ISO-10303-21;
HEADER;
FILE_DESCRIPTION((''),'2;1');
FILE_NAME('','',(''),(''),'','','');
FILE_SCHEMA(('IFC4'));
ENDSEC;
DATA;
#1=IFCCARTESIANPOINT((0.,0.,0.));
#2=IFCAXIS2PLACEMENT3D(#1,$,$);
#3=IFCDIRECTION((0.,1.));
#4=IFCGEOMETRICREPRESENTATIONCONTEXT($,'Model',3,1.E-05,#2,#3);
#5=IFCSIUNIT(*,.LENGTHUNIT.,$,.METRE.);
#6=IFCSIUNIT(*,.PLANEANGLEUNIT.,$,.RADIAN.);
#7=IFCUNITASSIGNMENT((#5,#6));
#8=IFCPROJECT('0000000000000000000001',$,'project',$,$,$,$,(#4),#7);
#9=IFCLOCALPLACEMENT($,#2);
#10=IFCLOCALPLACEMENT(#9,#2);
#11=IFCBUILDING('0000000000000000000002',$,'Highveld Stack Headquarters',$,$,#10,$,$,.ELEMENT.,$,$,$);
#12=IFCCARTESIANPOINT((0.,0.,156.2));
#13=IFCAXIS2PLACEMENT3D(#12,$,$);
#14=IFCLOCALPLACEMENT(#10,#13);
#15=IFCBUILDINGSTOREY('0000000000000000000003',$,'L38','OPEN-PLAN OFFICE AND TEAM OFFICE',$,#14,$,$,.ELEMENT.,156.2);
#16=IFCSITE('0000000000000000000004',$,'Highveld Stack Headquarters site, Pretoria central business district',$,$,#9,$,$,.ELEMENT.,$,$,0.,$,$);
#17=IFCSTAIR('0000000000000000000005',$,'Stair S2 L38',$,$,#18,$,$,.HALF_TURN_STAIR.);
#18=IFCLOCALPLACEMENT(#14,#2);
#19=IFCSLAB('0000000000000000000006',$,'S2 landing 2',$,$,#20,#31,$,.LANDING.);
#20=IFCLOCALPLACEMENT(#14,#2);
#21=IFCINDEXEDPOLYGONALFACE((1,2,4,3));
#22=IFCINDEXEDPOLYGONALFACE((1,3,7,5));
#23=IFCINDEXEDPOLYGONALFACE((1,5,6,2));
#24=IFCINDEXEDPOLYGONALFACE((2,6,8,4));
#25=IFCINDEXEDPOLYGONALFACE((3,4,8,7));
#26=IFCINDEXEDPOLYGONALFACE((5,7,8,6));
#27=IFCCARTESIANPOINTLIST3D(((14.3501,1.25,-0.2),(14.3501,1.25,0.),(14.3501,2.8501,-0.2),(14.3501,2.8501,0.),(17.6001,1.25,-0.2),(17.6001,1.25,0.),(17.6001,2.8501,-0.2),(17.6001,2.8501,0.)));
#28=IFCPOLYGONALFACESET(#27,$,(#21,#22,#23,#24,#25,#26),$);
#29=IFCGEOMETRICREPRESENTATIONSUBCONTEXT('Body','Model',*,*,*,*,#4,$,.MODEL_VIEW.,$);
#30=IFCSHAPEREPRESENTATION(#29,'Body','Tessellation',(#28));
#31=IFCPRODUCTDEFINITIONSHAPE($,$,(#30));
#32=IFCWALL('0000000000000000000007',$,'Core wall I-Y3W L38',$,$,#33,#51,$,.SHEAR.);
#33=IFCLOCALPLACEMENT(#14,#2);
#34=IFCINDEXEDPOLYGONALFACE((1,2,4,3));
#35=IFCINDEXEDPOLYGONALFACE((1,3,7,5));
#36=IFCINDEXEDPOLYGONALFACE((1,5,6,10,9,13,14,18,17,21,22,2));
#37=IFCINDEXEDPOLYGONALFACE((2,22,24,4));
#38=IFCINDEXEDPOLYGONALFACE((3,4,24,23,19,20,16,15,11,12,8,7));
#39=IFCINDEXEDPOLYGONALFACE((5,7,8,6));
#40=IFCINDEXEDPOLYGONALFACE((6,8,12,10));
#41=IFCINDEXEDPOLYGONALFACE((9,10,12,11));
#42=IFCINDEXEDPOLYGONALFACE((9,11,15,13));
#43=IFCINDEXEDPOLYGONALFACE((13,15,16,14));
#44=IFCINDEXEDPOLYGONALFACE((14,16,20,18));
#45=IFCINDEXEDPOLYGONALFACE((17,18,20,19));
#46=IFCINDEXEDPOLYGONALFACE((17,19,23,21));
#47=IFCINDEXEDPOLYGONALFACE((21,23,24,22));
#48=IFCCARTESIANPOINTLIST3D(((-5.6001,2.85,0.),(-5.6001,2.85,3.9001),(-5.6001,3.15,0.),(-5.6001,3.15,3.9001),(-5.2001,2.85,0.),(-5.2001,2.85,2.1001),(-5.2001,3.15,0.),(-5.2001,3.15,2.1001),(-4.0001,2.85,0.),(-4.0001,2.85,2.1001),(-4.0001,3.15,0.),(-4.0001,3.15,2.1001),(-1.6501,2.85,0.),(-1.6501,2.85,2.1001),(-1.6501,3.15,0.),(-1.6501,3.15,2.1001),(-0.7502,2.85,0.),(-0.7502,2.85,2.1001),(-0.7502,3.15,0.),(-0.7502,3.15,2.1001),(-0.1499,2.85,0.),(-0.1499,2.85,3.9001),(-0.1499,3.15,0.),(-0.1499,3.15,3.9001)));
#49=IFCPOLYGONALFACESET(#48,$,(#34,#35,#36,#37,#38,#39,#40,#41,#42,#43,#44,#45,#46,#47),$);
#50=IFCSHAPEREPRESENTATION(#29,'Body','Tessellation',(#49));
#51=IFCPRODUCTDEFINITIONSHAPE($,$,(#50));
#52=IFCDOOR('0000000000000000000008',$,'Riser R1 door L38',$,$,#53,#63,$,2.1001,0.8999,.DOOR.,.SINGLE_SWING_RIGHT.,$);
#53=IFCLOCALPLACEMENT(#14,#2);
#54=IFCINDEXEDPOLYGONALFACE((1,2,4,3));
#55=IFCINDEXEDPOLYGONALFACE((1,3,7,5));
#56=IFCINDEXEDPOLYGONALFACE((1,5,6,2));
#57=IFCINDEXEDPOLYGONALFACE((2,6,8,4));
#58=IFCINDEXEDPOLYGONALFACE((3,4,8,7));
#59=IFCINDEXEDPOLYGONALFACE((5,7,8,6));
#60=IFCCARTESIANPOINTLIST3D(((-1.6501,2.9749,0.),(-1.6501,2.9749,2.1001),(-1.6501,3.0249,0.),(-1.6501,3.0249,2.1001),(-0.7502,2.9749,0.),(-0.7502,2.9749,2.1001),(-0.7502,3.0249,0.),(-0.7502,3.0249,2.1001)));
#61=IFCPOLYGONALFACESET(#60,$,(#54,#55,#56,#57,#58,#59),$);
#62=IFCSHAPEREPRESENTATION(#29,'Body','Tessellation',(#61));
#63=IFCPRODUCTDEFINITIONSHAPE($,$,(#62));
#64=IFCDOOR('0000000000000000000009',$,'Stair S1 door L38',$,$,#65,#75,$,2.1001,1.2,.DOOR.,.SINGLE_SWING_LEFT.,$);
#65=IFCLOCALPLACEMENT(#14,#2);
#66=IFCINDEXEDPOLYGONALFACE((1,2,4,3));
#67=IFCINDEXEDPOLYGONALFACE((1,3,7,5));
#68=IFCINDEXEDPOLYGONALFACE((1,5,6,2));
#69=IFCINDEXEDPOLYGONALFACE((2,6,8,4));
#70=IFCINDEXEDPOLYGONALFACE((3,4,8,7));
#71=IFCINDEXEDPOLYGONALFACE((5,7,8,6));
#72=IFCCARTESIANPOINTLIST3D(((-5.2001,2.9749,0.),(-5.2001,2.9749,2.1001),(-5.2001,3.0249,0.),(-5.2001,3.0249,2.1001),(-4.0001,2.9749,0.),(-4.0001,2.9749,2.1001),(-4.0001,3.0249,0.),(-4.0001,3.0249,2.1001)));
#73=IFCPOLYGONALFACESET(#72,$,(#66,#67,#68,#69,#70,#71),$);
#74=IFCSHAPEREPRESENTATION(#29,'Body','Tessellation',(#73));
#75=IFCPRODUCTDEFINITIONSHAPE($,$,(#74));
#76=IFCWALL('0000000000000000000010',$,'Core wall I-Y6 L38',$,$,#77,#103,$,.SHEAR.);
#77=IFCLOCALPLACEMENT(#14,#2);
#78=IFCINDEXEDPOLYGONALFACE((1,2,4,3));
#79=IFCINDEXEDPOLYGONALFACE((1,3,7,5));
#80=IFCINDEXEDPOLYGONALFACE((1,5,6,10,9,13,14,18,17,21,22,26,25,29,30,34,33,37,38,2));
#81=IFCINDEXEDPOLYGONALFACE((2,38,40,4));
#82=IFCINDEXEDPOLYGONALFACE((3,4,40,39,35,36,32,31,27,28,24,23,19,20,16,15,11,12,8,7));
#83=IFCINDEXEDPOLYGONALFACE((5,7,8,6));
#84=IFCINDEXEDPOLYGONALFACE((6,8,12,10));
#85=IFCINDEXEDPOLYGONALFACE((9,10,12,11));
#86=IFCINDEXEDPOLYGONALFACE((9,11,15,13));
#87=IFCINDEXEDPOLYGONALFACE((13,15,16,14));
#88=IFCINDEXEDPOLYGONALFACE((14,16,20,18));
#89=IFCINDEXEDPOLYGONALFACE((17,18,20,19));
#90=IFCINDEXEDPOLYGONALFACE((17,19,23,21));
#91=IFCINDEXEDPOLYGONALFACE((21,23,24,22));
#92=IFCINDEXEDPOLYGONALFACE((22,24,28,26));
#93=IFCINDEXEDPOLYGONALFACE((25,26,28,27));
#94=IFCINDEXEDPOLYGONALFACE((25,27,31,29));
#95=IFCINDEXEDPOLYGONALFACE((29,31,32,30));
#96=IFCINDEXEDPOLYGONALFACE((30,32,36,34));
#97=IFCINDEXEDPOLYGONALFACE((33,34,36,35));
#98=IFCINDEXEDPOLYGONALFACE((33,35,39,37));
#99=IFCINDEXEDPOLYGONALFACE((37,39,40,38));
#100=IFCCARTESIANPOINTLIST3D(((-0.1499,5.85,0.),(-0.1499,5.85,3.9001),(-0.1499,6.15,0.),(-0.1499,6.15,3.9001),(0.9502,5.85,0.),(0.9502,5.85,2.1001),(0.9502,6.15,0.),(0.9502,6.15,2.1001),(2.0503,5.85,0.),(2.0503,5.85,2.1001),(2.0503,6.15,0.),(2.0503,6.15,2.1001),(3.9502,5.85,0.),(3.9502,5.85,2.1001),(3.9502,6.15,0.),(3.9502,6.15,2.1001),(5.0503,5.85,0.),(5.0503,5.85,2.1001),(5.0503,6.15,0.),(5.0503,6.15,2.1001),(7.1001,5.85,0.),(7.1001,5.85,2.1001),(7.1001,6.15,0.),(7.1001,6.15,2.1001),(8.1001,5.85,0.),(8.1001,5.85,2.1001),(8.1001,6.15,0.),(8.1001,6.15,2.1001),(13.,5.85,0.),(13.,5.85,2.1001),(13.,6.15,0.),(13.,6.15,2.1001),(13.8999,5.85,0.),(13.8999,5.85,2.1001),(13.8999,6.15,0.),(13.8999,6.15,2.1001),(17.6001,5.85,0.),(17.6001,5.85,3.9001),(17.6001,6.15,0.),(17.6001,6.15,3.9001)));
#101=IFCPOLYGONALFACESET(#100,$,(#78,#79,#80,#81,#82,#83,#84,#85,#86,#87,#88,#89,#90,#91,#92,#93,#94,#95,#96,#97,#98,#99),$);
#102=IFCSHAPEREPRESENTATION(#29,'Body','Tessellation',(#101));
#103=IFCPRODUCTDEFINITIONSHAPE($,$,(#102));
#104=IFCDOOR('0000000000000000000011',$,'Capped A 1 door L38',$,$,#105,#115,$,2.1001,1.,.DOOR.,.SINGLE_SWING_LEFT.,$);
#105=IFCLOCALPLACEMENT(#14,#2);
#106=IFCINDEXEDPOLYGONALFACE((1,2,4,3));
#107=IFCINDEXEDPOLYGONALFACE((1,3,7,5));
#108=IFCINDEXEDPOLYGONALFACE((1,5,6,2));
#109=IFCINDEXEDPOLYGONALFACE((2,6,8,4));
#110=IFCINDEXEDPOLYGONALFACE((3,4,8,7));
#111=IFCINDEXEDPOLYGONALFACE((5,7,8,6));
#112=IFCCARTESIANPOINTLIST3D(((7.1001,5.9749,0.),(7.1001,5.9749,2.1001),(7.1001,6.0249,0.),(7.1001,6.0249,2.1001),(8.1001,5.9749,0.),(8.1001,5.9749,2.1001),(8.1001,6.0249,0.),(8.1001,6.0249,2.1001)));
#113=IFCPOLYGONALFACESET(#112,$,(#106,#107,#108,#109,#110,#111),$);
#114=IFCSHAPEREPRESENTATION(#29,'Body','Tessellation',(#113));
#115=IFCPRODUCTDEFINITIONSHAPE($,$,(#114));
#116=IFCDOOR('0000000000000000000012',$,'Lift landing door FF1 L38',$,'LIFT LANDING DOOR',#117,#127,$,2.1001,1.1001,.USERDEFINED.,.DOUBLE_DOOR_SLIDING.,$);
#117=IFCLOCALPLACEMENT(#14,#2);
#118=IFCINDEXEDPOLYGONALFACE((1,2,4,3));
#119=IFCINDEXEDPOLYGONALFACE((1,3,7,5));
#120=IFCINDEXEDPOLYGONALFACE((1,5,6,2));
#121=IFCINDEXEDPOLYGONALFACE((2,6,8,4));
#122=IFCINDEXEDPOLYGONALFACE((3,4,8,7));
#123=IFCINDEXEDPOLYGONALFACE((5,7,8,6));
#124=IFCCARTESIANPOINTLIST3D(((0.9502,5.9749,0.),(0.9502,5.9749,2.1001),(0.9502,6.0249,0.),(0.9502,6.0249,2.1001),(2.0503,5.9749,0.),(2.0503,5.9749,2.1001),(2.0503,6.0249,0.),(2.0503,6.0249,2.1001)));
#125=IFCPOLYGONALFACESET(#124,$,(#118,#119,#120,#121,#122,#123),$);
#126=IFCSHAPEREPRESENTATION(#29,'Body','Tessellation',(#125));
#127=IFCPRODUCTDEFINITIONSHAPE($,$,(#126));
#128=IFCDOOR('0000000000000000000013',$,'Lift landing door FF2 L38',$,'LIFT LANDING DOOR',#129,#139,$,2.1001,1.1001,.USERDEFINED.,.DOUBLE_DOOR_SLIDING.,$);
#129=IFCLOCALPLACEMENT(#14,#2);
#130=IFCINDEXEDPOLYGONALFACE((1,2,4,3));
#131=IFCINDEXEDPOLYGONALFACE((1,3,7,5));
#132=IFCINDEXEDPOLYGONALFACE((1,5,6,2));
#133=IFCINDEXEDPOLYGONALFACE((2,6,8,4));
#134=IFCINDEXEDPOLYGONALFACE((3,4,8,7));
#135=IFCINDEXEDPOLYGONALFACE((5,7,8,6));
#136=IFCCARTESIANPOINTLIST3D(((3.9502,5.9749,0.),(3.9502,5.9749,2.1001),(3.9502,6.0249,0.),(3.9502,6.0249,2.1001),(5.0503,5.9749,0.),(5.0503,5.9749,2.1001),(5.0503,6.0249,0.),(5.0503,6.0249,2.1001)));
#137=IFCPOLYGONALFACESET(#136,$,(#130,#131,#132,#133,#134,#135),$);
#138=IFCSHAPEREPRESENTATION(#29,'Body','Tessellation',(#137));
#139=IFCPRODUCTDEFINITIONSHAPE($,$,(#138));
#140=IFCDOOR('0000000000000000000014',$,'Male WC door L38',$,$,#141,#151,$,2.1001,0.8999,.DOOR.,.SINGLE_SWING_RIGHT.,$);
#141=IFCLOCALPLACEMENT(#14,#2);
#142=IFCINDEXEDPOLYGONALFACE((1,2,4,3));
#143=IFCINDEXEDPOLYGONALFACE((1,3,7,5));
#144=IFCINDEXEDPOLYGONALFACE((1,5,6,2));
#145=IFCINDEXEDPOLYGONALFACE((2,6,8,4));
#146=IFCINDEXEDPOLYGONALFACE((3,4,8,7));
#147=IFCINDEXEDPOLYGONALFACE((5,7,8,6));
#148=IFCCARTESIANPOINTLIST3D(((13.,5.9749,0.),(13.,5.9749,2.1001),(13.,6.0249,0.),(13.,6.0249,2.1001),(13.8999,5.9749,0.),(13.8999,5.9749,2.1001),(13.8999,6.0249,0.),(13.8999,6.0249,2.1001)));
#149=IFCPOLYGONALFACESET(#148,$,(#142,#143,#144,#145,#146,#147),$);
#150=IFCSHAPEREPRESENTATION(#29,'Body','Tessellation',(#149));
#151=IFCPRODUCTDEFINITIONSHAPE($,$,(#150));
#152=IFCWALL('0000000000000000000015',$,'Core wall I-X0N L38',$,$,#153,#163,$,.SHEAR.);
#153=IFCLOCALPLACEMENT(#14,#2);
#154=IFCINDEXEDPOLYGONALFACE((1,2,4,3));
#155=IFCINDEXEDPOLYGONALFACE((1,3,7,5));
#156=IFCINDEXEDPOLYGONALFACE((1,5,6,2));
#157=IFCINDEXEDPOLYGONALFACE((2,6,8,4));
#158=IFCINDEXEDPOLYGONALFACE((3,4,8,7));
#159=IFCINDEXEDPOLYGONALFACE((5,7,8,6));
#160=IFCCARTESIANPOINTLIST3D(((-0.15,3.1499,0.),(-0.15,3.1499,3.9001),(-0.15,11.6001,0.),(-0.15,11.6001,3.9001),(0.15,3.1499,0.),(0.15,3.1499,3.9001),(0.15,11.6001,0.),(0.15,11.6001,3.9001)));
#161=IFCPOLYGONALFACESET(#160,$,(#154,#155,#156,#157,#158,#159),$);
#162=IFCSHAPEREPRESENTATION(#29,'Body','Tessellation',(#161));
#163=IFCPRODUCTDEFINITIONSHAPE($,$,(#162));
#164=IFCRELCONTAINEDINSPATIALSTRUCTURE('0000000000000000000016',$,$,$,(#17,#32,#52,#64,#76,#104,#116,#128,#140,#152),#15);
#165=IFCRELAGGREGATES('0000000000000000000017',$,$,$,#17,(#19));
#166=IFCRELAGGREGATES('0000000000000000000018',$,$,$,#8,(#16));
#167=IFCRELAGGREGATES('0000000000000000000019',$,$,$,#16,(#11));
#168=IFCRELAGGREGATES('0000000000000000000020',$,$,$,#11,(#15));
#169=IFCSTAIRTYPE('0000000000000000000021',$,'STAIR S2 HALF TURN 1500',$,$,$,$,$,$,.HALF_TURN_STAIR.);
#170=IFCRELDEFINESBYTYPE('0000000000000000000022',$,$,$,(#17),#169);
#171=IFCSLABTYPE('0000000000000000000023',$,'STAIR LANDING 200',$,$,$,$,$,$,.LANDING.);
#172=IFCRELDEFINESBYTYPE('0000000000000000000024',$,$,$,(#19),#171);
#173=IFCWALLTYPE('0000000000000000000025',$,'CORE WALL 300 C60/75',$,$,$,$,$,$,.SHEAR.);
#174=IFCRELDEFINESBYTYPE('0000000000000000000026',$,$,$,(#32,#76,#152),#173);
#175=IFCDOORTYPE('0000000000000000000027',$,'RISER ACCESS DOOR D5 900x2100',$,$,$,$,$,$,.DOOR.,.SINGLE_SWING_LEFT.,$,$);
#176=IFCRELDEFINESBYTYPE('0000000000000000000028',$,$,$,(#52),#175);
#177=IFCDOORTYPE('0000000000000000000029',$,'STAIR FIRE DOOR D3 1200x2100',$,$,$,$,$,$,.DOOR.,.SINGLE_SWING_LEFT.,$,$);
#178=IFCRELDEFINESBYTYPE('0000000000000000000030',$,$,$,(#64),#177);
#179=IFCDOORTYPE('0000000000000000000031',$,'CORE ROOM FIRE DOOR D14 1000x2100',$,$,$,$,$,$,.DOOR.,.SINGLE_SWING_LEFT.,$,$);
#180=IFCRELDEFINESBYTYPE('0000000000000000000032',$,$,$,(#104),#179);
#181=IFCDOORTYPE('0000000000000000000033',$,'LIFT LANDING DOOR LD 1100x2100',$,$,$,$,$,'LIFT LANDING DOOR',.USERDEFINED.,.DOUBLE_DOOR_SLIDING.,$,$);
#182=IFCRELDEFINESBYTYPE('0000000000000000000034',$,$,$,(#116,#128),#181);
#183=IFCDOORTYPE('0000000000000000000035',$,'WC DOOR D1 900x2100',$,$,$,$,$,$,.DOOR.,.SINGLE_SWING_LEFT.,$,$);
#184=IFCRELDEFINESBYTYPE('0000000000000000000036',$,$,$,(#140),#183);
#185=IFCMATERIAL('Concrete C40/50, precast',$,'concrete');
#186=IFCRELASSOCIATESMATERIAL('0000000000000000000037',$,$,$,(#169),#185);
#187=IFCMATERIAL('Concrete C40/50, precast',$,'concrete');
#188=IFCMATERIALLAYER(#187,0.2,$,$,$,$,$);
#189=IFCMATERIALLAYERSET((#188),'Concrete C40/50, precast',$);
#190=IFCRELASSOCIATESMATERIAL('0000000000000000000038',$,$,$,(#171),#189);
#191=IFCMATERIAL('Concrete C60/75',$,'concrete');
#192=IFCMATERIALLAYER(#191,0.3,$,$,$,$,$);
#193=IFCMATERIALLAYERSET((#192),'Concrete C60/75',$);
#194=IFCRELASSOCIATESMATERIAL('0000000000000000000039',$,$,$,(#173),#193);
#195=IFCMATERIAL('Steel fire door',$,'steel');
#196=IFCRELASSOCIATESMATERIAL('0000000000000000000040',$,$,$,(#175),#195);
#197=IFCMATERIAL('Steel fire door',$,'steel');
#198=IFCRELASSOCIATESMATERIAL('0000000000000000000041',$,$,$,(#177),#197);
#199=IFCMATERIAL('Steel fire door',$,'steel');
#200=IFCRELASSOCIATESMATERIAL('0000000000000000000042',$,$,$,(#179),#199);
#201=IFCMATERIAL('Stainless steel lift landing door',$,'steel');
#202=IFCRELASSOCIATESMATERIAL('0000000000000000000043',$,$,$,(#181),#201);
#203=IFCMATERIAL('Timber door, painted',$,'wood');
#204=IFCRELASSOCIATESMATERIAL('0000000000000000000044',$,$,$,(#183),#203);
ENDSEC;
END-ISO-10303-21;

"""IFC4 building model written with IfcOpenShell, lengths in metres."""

from ifc_helpers import new_model, si_unit, direction, frame, frame_2d, origin, place, context, subcontext, project, spatial, polyline, rectangle, outline, extrude, material, layer, layer_set, type_object, element, fill, aggregate, save


model = new_model("IFC4")

# Units and contexts
model_context = context("Model", 3, precision=1e-05, world=origin(), true_north=direction((0.0, 1.0)))
body_context = subcontext(model_context, "Body", "Model", "MODEL_VIEW")
ifc_project = project(units=[si_unit("LENGTHUNIT", "METRE"), si_unit("PLANEANGLEUNIT", "RADIAN")], contexts=[model_context])

# Site, building, storey
site_placement = place(None, origin())
site = spatial("IfcSite", under=ifc_project, at=site_placement, Name="Highveld Stack Headquarters site, Pretoria central business district", CompositionType="ELEMENT", RefElevation=0.0)
building_placement = place(site_placement, origin())
building = spatial("IfcBuilding", under=site, at=building_placement, Name="Highveld Stack Headquarters", CompositionType="ELEMENT")
storey_placement = place(building_placement, frame((0.0, 0.0, 156.2)))
storey = spatial("IfcBuildingStorey", under=building, at=storey_placement, Name="L38", Description="OPEN-PLAN OFFICE AND TEAM OFFICE", CompositionType="ELEMENT", Elevation=156.2)

# Stair, slab
ifc_material_1 = material(Name="Concrete C40/50, precast", Category="concrete")
stair_type_1 = type_object("IfcStairType", Name="STAIR S2 HALF TURN 1500", PredefinedType="HALF_TURN_STAIR", material=ifc_material_1)
stair_1_placement = place(storey_placement, origin())
stair_1 = element("IfcStair", 1, at=stair_1_placement, inside=storey, type_object=stair_type_1, Name="Stair S2 L38", PredefinedType="HALF_TURN_STAIR")
ifc_material_2 = material(Name="Concrete C40/50, precast", Category="concrete")
ifc_layer_1 = layer(ifc_material_2, 0.2)
ifc_layer_set_1 = layer_set([ifc_layer_1], Name="Concrete C40/50, precast")
slab_type = type_object("IfcSlabType", Name="STAIR LANDING 200", PredefinedType="LANDING", material=ifc_layer_set_1)
slab_placement = place(storey_placement, frame((0.0, 0.0, -0.2)))
slab = element("IfcSlab", 2, at=slab_placement, type_object=slab_type, Name="S2 landing 2", PredefinedType="LANDING", context=body_context, shape_type="SweptSolid", body=[
    extrude(outline(polyline([(14.3501, 1.25), (17.6001, 1.25), (17.6001, 2.8501), (14.3501, 2.8501), (14.3501, 1.25)])), origin(), (0.0, 0.0, 1.0), 0.2),
])
aggregate(stair_1, [slab])

# Walls, openings, doors
ifc_material_3 = material(Name="Concrete C60/75", Category="concrete")
ifc_layer_2 = layer(ifc_material_3, 0.3)
ifc_layer_set_2 = layer_set([ifc_layer_2], Name="Concrete C60/75")
wall_type_1 = type_object("IfcWallType", Name="CORE WALL 300 C60/75", PredefinedType="SHEAR", material=ifc_layer_set_2)
wall_1_placement = place(storey_placement, frame((-5.6001, 3.0, 0.0), z_axis=(0.0, 0.0, 1.0), x_axis=(1.0, 0.0, 0.0)))
wall_1 = element("IfcWall", 3, at=wall_1_placement, inside=storey, type_object=wall_type_1, Name="Core wall I-Y3W L38", PredefinedType="SHEAR", context=body_context, shape_type="SweptSolid", body=[
    extrude(rectangle(XDim=5.4502, YDim=0.3, at=frame_2d((2.7251, 0.0))), origin(), (0.0, 0.0, 1.0), 3.9001),
])
opening_1_placement = place(wall_1_placement, frame((0.3999, 0.0, 0.0)))
opening_1 = element("IfcOpeningElement", 4, at=opening_1_placement, cuts=wall_1, PredefinedType="OPENING", context=body_context, shape_type="SweptSolid", body=[
    extrude(rectangle(XDim=1.2, YDim=2.1001, at=frame_2d((0.6001, 1.05))), frame((0.0, 0.1599, 0.0), z_axis=(0.0, -1.0, 0.0), x_axis=(1.0, 0.0, 0.0)), (0.0, 0.0, 1.0), 0.3201),
])
opening_2_placement = place(wall_1_placement, frame((3.95, 0.0, 0.0)))
opening_2 = element("IfcOpeningElement", 5, at=opening_2_placement, cuts=wall_1, PredefinedType="OPENING", context=body_context, shape_type="SweptSolid", body=[
    extrude(rectangle(XDim=0.8999, YDim=2.1001, at=frame_2d((0.45, 1.05))), frame((0.0, 0.1599, 0.0), z_axis=(0.0, -1.0, 0.0), x_axis=(1.0, 0.0, 0.0)), (0.0, 0.0, 1.0), 0.3201),
])
ifc_material_4 = material(Name="Steel fire door", Category="steel")
door_type_1 = type_object("IfcDoorType", Name="RISER ACCESS DOOR D5 900x2100", OperationType="SINGLE_SWING_LEFT", PredefinedType="DOOR", material=ifc_material_4)
door_1_placement = place(opening_2_placement, origin())
door_1 = element("IfcDoor", 6, at=door_1_placement, inside=storey, type_object=door_type_1, Name="Riser R1 door L38", OperationType="SINGLE_SWING_RIGHT", OverallHeight=2.1001, OverallWidth=0.8999, PredefinedType="DOOR", context=body_context, shape_type="SweptSolid", body=[
    extrude(rectangle(XDim=0.8999, YDim=2.1001, at=frame_2d((0.45, 1.05))), frame((0.0, 0.0249, 0.0), z_axis=(0.0, -1.0, 0.0), x_axis=(1.0, 0.0, 0.0)), (0.0, 0.0, 1.0), 0.05),
])
fill(opening_2, door_1)
ifc_material_5 = material(Name="Steel fire door", Category="steel")
door_type_2 = type_object("IfcDoorType", Name="STAIR FIRE DOOR D3 1200x2100", OperationType="SINGLE_SWING_LEFT", PredefinedType="DOOR", material=ifc_material_5)
door_2_placement = place(opening_1_placement, origin())
door_2 = element("IfcDoor", 7, at=door_2_placement, inside=storey, type_object=door_type_2, Name="Stair S1 door L38", OperationType="SINGLE_SWING_LEFT", OverallHeight=2.1001, OverallWidth=1.2, PredefinedType="DOOR", context=body_context, shape_type="SweptSolid", body=[
    extrude(rectangle(XDim=1.2, YDim=2.1001, at=frame_2d((0.6001, 1.05))), frame((0.0, 0.0249, 0.0), z_axis=(0.0, -1.0, 0.0), x_axis=(1.0, 0.0, 0.0)), (0.0, 0.0, 1.0), 0.05),
])
fill(opening_1, door_2)
wall_2_placement = place(storey_placement, frame((-0.1499, 6.0, 0.0), z_axis=(0.0, 0.0, 1.0), x_axis=(1.0, 0.0, 0.0)))
wall_2 = element("IfcWall", 8, at=wall_2_placement, inside=storey, type_object=wall_type_1, Name="Core wall I-Y6 L38", PredefinedType="SHEAR", context=body_context, shape_type="SweptSolid", body=[
    extrude(rectangle(XDim=17.75, YDim=0.3, at=frame_2d((8.875, 0.0))), origin(), (0.0, 0.0, 1.0), 3.9001),
])
opening_3_placement = place(wall_2_placement, frame((13.1499, 0.0, 0.0)))
opening_3 = element("IfcOpeningElement", 9, at=opening_3_placement, cuts=wall_2, PredefinedType="OPENING", context=body_context, shape_type="SweptSolid", body=[
    extrude(rectangle(XDim=0.8999, YDim=2.1001, at=frame_2d((0.45, 1.05))), frame((0.0, 0.1599, 0.0), z_axis=(0.0, -1.0, 0.0), x_axis=(1.0, 0.0, 0.0)), (0.0, 0.0, 1.0), 0.3201),
])
opening_4_placement = place(wall_2_placement, frame((7.25, 0.0, 0.0)))
opening_4 = element("IfcOpeningElement", 10, at=opening_4_placement, cuts=wall_2, PredefinedType="OPENING", context=body_context, shape_type="SweptSolid", body=[
    extrude(rectangle(XDim=1.0, YDim=2.1001, at=frame_2d((0.5, 1.05))), frame((0.0, 0.1599, 0.0), z_axis=(0.0, -1.0, 0.0), x_axis=(1.0, 0.0, 0.0)), (0.0, 0.0, 1.0), 0.3201),
])
opening_5_placement = place(wall_2_placement, frame((1.1001, 0.0, 0.0)))
opening_5 = element("IfcOpeningElement", 11, at=opening_5_placement, cuts=wall_2, PredefinedType="OPENING", context=body_context, shape_type="SweptSolid", body=[
    extrude(rectangle(XDim=1.1001, YDim=2.1001, at=frame_2d((0.55, 1.05))), frame((0.0, 0.1599, 0.0), z_axis=(0.0, -1.0, 0.0), x_axis=(1.0, 0.0, 0.0)), (0.0, 0.0, 1.0), 0.3201),
])
opening_6_placement = place(wall_2_placement, frame((4.1001, 0.0, 0.0)))
opening_6 = element("IfcOpeningElement", 12, at=opening_6_placement, cuts=wall_2, PredefinedType="OPENING", context=body_context, shape_type="SweptSolid", body=[
    extrude(rectangle(XDim=1.1001, YDim=2.1001, at=frame_2d((0.55, 1.05))), frame((0.0, 0.1599, 0.0), z_axis=(0.0, -1.0, 0.0), x_axis=(1.0, 0.0, 0.0)), (0.0, 0.0, 1.0), 0.3201),
])
ifc_material_6 = material(Name="Steel fire door", Category="steel")
door_type_3 = type_object("IfcDoorType", Name="CORE ROOM FIRE DOOR D14 1000x2100", OperationType="SINGLE_SWING_LEFT", PredefinedType="DOOR", material=ifc_material_6)
door_3_placement = place(opening_4_placement, origin())
door_3 = element("IfcDoor", 13, at=door_3_placement, inside=storey, type_object=door_type_3, Name="Capped A 1 door L38", OperationType="SINGLE_SWING_LEFT", OverallHeight=2.1001, OverallWidth=1.0, PredefinedType="DOOR", context=body_context, shape_type="SweptSolid", body=[
    extrude(rectangle(XDim=1.0, YDim=2.1001, at=frame_2d((0.5, 1.05))), frame((0.0, 0.0249, 0.0), z_axis=(0.0, -1.0, 0.0), x_axis=(1.0, 0.0, 0.0)), (0.0, 0.0, 1.0), 0.05),
])
fill(opening_4, door_3)
ifc_material_7 = material(Name="Stainless steel lift landing door", Category="steel")
door_type_4 = type_object("IfcDoorType", Name="LIFT LANDING DOOR LD 1100x2100", ElementType="LIFT LANDING DOOR", OperationType="DOUBLE_DOOR_SLIDING", PredefinedType="USERDEFINED", material=ifc_material_7)
door_4_placement = place(opening_5_placement, origin())
door_4 = element("IfcDoor", 14, at=door_4_placement, inside=storey, type_object=door_type_4, Name="Lift landing door FF1 L38", ObjectType="LIFT LANDING DOOR", OperationType="DOUBLE_DOOR_SLIDING", OverallHeight=2.1001, OverallWidth=1.1001, PredefinedType="USERDEFINED", context=body_context, shape_type="SweptSolid", body=[
    extrude(rectangle(XDim=1.1001, YDim=2.1001, at=frame_2d((0.55, 1.05))), frame((0.0, 0.0249, 0.0), z_axis=(0.0, -1.0, 0.0), x_axis=(1.0, 0.0, 0.0)), (0.0, 0.0, 1.0), 0.05),
])
fill(opening_5, door_4)
door_5_placement = place(opening_6_placement, origin())
door_5 = element("IfcDoor", 15, at=door_5_placement, inside=storey, type_object=door_type_4, Name="Lift landing door FF2 L38", ObjectType="LIFT LANDING DOOR", OperationType="DOUBLE_DOOR_SLIDING", OverallHeight=2.1001, OverallWidth=1.1001, PredefinedType="USERDEFINED", context=body_context, shape_type="SweptSolid", body=[
    extrude(rectangle(XDim=1.1001, YDim=2.1001, at=frame_2d((0.55, 1.05))), frame((0.0, 0.0249, 0.0), z_axis=(0.0, -1.0, 0.0), x_axis=(1.0, 0.0, 0.0)), (0.0, 0.0, 1.0), 0.05),
])
fill(opening_6, door_5)
ifc_material_8 = material(Name="Timber door, painted", Category="wood")
door_type_5 = type_object("IfcDoorType", Name="WC DOOR D1 900x2100", OperationType="SINGLE_SWING_LEFT", PredefinedType="DOOR", material=ifc_material_8)
door_6_placement = place(opening_3_placement, origin())
door_6 = element("IfcDoor", 16, at=door_6_placement, inside=storey, type_object=door_type_5, Name="Male WC door L38", OperationType="SINGLE_SWING_RIGHT", OverallHeight=2.1001, OverallWidth=0.8999, PredefinedType="DOOR", context=body_context, shape_type="SweptSolid", body=[
    extrude(rectangle(XDim=0.8999, YDim=2.1001, at=frame_2d((0.45, 1.05))), frame((0.0, 0.0249, 0.0), z_axis=(0.0, -1.0, 0.0), x_axis=(1.0, 0.0, 0.0)), (0.0, 0.0, 1.0), 0.05),
])
fill(opening_3, door_6)

# Wall
for number, where, z_axis, x_axis, name in (
    (17, (0.0, 3.1499, 0.0), (0.0, 0.0, 1.0), (0.0, 1.0, 0.0), "Core wall I-X0N L38"),
):
    element("IfcWall", number, at=place(storey_placement, frame(where, z_axis=z_axis, x_axis=x_axis)), inside=storey, type_object=wall_type_1, Name=name, PredefinedType="SHEAR", context=body_context, shape_type="SweptSolid", body=[
        extrude(rectangle(XDim=8.4502, YDim=0.3, at=frame_2d((4.2251, 0.0))), origin(), (0.0, 0.0, 1.0), 3.9001),
    ])

save(model, "model.ifc")
